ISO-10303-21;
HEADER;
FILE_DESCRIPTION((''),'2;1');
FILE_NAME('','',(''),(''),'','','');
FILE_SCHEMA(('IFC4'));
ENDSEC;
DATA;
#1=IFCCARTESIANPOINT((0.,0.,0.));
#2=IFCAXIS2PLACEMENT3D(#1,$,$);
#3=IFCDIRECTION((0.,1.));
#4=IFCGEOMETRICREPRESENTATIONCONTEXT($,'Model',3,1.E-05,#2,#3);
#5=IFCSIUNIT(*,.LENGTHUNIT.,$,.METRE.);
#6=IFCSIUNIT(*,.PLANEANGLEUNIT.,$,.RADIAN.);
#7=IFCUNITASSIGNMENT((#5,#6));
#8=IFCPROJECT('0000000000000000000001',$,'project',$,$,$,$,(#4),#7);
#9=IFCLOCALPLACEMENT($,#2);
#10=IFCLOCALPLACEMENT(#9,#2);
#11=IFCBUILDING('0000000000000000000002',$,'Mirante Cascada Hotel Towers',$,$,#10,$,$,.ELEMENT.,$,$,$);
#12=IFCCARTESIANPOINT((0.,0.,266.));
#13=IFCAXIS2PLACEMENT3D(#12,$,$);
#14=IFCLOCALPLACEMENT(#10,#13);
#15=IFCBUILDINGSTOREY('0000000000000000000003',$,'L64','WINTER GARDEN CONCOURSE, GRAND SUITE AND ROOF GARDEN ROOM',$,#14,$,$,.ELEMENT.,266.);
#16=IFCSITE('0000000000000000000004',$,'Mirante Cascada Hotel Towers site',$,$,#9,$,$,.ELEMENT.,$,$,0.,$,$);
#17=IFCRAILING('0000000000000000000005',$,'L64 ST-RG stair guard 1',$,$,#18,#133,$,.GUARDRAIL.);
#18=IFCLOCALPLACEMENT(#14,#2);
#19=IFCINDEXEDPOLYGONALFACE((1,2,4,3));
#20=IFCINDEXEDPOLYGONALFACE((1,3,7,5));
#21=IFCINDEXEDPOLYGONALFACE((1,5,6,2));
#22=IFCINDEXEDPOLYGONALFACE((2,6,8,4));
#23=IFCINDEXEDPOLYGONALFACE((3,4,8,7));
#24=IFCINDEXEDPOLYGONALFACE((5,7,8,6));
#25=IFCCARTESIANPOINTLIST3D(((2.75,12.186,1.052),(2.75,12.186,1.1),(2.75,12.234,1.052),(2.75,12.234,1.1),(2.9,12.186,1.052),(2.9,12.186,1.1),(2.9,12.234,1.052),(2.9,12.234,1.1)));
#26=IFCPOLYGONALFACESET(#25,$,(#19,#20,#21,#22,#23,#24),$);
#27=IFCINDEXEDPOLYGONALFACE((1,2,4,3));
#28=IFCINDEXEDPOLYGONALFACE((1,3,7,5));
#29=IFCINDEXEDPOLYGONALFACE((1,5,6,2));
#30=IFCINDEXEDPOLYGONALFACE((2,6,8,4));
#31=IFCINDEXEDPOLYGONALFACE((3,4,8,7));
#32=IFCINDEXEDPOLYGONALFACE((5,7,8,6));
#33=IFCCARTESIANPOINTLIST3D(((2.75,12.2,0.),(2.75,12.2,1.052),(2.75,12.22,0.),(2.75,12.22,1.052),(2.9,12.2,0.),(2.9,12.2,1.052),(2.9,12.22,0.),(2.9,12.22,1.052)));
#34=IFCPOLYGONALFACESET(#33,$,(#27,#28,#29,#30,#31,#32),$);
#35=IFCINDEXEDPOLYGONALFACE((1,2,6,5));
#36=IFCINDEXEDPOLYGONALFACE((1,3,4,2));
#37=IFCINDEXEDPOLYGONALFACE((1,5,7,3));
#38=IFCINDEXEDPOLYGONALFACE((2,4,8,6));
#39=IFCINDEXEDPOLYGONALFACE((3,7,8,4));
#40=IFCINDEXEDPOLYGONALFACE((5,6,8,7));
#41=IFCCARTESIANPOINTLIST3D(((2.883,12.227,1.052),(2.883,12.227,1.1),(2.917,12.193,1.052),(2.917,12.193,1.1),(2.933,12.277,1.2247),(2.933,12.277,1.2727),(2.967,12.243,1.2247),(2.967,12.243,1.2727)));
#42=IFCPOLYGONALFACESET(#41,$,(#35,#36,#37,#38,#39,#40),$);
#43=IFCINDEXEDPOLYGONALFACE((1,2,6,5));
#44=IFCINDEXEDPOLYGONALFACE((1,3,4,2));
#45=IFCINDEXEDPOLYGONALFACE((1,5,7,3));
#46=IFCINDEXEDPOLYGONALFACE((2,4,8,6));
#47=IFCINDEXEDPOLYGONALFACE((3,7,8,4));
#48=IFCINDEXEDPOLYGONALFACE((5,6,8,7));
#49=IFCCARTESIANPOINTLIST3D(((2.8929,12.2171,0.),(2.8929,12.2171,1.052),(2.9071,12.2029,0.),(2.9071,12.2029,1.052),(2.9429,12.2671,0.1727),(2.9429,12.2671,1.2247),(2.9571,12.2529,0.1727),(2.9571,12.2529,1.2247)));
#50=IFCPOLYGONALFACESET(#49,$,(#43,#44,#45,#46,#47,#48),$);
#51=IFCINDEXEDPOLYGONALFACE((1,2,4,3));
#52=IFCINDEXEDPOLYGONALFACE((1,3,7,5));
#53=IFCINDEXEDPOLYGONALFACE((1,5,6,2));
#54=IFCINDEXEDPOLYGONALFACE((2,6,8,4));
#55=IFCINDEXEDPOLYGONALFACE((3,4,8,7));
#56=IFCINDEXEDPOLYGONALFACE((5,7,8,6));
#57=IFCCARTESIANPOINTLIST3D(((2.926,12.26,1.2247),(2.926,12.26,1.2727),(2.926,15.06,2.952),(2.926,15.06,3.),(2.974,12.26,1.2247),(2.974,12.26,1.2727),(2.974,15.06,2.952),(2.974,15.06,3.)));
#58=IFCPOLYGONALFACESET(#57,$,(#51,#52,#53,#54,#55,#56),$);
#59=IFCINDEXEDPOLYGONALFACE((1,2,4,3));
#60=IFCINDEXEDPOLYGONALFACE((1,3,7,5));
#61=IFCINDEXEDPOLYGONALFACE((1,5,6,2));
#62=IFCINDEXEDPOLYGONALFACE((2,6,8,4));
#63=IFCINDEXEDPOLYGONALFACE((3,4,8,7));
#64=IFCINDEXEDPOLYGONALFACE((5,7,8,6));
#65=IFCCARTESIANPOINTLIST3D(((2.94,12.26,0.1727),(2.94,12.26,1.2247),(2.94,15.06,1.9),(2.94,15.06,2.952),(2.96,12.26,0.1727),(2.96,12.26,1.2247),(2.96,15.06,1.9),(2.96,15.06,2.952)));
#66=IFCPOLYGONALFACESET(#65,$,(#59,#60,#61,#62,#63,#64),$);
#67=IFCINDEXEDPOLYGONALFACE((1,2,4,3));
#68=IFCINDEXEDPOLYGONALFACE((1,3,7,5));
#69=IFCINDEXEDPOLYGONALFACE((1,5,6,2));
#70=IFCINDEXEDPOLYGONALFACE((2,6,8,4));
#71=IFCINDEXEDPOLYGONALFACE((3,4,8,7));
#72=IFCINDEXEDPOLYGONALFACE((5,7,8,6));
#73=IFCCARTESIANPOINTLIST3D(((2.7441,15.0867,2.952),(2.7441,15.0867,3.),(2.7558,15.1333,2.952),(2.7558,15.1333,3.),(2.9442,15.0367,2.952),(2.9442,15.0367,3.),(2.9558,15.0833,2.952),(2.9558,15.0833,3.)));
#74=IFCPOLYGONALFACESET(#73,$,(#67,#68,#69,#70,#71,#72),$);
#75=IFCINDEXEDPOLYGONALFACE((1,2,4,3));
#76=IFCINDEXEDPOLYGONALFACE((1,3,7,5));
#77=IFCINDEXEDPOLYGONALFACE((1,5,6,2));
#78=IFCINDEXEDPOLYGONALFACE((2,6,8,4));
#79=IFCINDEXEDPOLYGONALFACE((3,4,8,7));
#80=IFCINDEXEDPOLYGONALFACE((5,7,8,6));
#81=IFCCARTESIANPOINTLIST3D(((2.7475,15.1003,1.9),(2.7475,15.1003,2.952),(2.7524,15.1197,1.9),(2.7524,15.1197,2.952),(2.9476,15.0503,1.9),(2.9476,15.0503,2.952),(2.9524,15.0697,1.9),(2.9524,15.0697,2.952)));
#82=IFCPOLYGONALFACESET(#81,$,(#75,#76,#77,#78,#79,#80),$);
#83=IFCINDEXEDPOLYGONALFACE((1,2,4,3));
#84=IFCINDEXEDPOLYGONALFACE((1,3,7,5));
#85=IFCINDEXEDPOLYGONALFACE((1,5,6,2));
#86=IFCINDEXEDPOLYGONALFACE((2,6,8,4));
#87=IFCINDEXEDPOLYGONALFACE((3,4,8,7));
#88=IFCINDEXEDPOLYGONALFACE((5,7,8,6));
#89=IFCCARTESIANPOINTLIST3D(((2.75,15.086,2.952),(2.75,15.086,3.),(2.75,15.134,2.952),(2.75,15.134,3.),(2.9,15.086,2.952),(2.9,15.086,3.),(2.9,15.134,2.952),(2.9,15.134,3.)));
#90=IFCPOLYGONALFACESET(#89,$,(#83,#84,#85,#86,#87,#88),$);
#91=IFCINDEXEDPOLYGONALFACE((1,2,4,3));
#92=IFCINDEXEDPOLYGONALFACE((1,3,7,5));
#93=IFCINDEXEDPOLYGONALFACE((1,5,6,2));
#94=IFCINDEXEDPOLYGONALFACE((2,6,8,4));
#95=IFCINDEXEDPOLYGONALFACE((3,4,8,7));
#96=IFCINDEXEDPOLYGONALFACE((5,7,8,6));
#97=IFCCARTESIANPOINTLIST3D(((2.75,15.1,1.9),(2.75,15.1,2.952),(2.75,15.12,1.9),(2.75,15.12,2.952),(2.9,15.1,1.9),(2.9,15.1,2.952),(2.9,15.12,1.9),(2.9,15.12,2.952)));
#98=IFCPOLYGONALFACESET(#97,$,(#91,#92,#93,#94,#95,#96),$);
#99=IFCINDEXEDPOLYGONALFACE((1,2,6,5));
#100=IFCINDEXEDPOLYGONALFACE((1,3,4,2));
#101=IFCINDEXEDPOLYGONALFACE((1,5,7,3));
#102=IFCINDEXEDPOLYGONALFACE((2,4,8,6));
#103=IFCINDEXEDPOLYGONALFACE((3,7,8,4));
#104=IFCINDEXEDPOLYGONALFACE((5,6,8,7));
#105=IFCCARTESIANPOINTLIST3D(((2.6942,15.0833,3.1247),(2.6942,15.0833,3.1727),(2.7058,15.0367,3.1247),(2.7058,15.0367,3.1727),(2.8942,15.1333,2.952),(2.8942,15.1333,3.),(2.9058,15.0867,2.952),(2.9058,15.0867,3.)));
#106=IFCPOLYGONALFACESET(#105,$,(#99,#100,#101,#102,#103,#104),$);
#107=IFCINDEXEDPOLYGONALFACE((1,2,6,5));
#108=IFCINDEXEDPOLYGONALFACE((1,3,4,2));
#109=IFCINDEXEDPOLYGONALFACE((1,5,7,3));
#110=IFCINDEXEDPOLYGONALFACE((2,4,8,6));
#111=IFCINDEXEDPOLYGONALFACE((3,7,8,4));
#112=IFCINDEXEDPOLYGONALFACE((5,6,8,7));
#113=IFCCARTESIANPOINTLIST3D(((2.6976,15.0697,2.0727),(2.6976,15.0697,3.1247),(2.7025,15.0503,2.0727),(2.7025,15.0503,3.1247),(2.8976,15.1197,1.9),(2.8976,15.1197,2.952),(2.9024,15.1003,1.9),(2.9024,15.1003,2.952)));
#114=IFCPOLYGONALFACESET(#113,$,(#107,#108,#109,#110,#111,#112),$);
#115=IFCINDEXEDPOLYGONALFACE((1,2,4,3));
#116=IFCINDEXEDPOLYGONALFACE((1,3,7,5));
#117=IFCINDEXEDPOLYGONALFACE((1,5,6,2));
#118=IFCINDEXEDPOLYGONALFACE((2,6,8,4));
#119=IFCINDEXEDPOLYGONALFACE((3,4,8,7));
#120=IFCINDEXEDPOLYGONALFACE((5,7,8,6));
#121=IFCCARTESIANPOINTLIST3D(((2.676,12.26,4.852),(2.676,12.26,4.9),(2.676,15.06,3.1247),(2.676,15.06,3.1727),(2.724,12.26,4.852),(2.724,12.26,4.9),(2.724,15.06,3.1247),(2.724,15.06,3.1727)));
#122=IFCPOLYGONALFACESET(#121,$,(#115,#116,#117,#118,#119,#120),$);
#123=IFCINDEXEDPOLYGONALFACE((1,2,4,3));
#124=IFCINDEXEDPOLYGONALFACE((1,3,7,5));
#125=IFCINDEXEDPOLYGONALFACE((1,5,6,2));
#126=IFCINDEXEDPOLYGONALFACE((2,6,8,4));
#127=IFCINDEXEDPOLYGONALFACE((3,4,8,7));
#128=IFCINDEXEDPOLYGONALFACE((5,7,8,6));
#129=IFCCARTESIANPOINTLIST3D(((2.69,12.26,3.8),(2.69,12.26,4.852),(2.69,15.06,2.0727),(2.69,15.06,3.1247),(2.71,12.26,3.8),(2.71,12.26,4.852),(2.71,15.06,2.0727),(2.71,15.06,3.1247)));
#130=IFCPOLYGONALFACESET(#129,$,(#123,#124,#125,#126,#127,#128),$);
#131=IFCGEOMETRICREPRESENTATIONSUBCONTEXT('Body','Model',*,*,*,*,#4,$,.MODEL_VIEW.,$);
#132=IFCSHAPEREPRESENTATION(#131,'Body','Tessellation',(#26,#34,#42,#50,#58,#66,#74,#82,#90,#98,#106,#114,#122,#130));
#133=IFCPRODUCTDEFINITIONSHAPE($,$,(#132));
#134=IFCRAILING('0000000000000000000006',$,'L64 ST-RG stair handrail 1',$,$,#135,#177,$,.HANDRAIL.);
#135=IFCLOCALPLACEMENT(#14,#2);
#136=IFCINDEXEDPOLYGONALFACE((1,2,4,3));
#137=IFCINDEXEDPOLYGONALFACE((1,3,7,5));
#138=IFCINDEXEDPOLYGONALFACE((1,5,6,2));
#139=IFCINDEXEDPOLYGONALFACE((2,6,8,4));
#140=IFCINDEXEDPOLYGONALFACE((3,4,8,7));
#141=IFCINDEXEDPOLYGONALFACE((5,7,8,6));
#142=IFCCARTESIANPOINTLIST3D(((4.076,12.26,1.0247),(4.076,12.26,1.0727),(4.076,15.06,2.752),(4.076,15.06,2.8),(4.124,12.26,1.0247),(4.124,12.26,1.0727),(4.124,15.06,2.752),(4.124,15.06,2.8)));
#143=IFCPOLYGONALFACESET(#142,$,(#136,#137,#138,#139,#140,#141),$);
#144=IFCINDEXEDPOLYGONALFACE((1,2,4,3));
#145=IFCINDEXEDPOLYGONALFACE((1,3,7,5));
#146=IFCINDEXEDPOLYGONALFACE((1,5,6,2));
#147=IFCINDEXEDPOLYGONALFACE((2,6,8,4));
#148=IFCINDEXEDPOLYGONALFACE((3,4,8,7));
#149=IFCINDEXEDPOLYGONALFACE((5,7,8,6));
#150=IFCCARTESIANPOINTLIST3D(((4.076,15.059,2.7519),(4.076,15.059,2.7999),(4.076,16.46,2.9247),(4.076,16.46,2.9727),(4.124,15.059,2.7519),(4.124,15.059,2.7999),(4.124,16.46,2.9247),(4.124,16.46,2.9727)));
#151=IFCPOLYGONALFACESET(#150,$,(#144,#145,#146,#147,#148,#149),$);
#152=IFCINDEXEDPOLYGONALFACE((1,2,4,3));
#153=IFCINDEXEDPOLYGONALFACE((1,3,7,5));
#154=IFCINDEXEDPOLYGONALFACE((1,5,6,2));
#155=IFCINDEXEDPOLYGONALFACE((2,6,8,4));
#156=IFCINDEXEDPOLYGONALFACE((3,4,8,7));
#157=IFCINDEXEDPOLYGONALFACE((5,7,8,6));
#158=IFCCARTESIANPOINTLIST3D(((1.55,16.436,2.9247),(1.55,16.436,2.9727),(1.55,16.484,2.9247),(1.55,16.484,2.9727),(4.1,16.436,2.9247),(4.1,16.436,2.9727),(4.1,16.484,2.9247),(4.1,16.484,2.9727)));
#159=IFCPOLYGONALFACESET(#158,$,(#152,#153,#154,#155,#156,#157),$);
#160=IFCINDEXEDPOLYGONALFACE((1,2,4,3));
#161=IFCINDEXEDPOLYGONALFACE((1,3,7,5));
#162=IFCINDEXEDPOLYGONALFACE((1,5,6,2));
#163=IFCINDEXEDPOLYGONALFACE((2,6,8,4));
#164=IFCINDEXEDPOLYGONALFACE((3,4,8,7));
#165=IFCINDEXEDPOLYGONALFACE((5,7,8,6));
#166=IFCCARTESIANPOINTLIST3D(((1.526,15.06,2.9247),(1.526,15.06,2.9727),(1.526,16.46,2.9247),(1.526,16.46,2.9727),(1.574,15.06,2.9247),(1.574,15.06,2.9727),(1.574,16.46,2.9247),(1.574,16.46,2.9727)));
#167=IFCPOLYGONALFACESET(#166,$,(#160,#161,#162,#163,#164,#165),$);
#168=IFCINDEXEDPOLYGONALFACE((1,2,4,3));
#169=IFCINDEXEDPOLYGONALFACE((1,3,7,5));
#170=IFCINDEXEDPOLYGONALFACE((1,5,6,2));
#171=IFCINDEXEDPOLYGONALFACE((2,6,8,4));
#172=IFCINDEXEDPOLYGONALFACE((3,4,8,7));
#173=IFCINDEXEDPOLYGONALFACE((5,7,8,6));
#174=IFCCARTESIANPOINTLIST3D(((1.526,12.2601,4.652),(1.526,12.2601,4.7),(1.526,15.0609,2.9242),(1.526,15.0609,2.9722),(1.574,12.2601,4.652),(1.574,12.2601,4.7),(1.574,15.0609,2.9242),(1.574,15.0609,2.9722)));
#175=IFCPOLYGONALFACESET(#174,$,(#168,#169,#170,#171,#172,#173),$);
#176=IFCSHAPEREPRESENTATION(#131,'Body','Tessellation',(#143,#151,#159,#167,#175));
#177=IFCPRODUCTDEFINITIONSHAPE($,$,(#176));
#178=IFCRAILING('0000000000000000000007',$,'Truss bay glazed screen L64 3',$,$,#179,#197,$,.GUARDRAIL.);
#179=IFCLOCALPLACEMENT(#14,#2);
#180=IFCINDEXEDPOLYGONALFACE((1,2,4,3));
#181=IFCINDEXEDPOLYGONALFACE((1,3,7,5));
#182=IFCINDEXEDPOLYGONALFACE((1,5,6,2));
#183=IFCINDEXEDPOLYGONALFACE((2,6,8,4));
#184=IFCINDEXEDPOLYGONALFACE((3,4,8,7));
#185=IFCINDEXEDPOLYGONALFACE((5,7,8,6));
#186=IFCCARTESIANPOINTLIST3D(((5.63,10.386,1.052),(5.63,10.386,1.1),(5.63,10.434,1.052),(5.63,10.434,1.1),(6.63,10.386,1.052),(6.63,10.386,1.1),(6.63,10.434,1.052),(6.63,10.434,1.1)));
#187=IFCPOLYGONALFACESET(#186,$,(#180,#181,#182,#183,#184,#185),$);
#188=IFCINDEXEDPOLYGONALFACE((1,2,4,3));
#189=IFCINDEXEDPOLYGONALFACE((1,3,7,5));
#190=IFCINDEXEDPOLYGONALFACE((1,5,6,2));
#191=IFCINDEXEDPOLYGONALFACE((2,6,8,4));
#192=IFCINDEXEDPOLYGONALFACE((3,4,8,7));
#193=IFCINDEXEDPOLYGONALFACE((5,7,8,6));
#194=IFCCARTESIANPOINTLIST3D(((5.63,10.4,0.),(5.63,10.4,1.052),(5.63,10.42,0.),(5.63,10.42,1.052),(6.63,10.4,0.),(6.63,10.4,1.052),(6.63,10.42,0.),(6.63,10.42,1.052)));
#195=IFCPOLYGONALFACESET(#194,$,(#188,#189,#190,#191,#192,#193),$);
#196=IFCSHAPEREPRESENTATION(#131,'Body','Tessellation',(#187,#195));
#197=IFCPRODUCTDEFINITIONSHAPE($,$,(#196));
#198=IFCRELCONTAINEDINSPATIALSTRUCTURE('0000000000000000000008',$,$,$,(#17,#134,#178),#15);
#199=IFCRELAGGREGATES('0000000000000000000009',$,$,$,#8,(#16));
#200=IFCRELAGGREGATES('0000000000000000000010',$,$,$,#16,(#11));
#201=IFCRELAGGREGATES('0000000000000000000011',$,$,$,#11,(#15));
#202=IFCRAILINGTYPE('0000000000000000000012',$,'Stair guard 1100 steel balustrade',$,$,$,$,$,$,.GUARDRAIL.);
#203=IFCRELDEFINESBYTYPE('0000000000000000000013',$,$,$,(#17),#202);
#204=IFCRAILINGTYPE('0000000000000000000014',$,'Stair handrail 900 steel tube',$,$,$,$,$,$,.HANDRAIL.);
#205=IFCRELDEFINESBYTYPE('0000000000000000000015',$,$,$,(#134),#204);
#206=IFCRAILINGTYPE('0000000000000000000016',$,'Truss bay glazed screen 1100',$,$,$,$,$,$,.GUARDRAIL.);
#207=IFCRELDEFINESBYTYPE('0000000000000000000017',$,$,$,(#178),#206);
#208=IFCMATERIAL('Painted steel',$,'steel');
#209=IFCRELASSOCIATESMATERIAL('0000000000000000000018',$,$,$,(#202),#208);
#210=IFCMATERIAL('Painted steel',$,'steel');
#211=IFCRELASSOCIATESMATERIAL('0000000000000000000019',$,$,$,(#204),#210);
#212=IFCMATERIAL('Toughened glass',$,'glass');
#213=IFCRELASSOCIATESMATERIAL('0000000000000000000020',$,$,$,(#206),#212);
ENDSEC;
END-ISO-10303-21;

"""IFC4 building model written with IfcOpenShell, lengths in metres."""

from ifc_helpers import new_model, si_unit, direction, frame, origin, origin_2d, place, context, subcontext, project, spatial, rectangle, extrude, material, type_object, element, save


model = new_model("IFC4")

# Units and contexts
model_context = context("Model", 3, precision=1e-05, world=origin(), true_north=direction((0.0, 1.0)))
body_context = subcontext(model_context, "Body", "Model", "MODEL_VIEW")
ifc_project = project(units=[si_unit("LENGTHUNIT", "METRE"), si_unit("PLANEANGLEUNIT", "RADIAN")], contexts=[model_context])

# Site, building, storey
site_placement = place(None, origin())
site = spatial("IfcSite", under=ifc_project, at=site_placement, Name="Mirante Cascada Hotel Towers site", CompositionType="ELEMENT", RefElevation=0.0)
building_placement = place(site_placement, origin())
building = spatial("IfcBuilding", under=site, at=building_placement, Name="Mirante Cascada Hotel Towers", CompositionType="ELEMENT")
storey_placement = place(building_placement, frame((0.0, 0.0, 266.0)))
storey = spatial("IfcBuildingStorey", under=building, at=storey_placement, Name="L64", Description="WINTER GARDEN CONCOURSE, GRAND SUITE AND ROOF GARDEN ROOM", CompositionType="ELEMENT", Elevation=266.0)

# Railings
ifc_material_1 = material(Name="Painted steel", Category="steel")
railing_type_1 = type_object("IfcRailingType", Name="Stair guard 1100 steel balustrade", PredefinedType="GUARDRAIL", material=ifc_material_1)
railing_1_placement = place(storey_placement, frame((2.75, 12.21, 0.0)))
element("IfcRailing", 1, at=railing_1_placement, inside=storey, type_object=railing_type_1, Name="L64 ST-RG stair guard 1", PredefinedType="GUARDRAIL", context=body_context, shape_type="SweptSolid", body=[
    extrude(rectangle(XDim=0.048, YDim=0.048, at=origin_2d()), frame((0.0, 0.0, 1.076), z_axis=(1.0, 0.0, 0.0), x_axis=(0.0, 1.0, 0.0)), (0.0, 0.0, 1.0), 0.15),
    extrude(rectangle(XDim=0.02, YDim=1.052, at=origin_2d()), frame((0.0, 0.0, 0.526), z_axis=(1.0, 0.0, 0.0), x_axis=(0.0, 1.0, 0.0)), (0.0, 0.0, 1.0), 0.15),
    extrude(rectangle(XDim=0.048, YDim=0.048, at=origin_2d()), frame((0.15, 0.0, 1.076), z_axis=(0.707107, 0.707107, 0.0), x_axis=(-0.707107, 0.707107, 0.0)), (0.0, 0.925433, 0.378911), 0.1866),
    extrude(rectangle(XDim=0.02, YDim=1.052, at=origin_2d()), frame((0.15, 0.0, 0.526), z_axis=(0.707107, 0.707107, 0.0), x_axis=(-0.707107, 0.707107, 0.0)), (0.0, 0.925433, 0.378911), 0.1866),
    extrude(rectangle(XDim=0.048, YDim=0.048, at=origin_2d()), frame((0.2, 0.05, 1.2487), z_axis=(0.0, 1.0, 0.0), x_axis=(-1.0, 0.0, 0.0)), (0.0, 0.525028, 0.851085), 3.2899),
    extrude(rectangle(XDim=0.02, YDim=1.052, at=origin_2d()), frame((0.2, 0.05, 0.6987), z_axis=(0.0, 1.0, 0.0), x_axis=(-1.0, 0.0, 0.0)), (0.0, 0.525028, 0.851085), 3.2899),
    extrude(rectangle(XDim=0.048, YDim=0.048, at=origin_2d()), frame((0.2, 2.85, 2.976), z_axis=(-0.970143, 0.242536, 0.0), x_axis=(-0.242536, -0.970143, 0.0)), (0.0, 0.0, 1.0), 0.2062),
    extrude(rectangle(XDim=0.02, YDim=1.052, at=origin_2d()), frame((0.2, 2.85, 2.426), z_axis=(-0.970143, 0.242536, 0.0), x_axis=(-0.242536, -0.970143, 0.0)), (0.0, 0.0, 1.0), 0.2062),
    extrude(rectangle(XDim=0.048, YDim=0.048, at=origin_2d()), frame((0.0, 2.9, 2.976), z_axis=(1.0, 0.0, 0.0), x_axis=(0.0, 1.0, 0.0)), (0.0, 0.0, 1.0), 0.15),
    extrude(rectangle(XDim=0.02, YDim=1.052, at=origin_2d()), frame((0.0, 2.9, 2.426), z_axis=(1.0, 0.0, 0.0), x_axis=(0.0, 1.0, 0.0)), (0.0, 0.0, 1.0), 0.15),
    extrude(rectangle(XDim=0.048, YDim=0.048, at=origin_2d()), frame((0.15, 2.9, 2.976), z_axis=(-0.970143, -0.242536, 0.0), x_axis=(0.242536, -0.970143, 0.0)), (0.0, 0.642166, 0.766566), 0.2689),
    extrude(rectangle(XDim=0.02, YDim=1.052, at=origin_2d()), frame((0.15, 2.9, 2.426), z_axis=(-0.970143, -0.242536, 0.0), x_axis=(0.242536, -0.970143, 0.0)), (0.0, 0.642166, 0.766566), 0.2689),
    extrude(rectangle(XDim=0.048, YDim=0.048, at=origin_2d()), frame((-0.05, 2.85, 3.1487), z_axis=(0.0, -1.0, 0.0), x_axis=(1.0, 0.0, 0.0)), (0.0, 0.525028, 0.851085), 3.2899),
    extrude(rectangle(XDim=0.02, YDim=1.052, at=origin_2d()), frame((-0.05, 2.85, 2.5987), z_axis=(0.0, -1.0, 0.0), x_axis=(1.0, 0.0, 0.0)), (0.0, 0.525028, 0.851085), 3.2899),
])
ifc_material_2 = material(Name="Painted steel", Category="steel")
railing_type_2 = type_object("IfcRailingType", Name="Stair handrail 900 steel tube", PredefinedType="HANDRAIL", material=ifc_material_2)
railing_2_placement = place(storey_placement, frame((4.1, 12.26, 0.1727)))
element("IfcRailing", 2, at=railing_2_placement, inside=storey, type_object=railing_type_2, Name="L64 ST-RG stair handrail 1", PredefinedType="HANDRAIL", context=body_context, shape_type="SweptSolid", body=[
    extrude(rectangle(XDim=0.048, YDim=0.048, at=origin_2d()), frame((0.0, 0.0, 0.876), z_axis=(0.0, 1.0, 0.0), x_axis=(-1.0, 0.0, 0.0)), (0.0, 0.525028, 0.851085), 3.2899),
    extrude(rectangle(XDim=0.048, YDim=0.048, at=origin_2d()), frame((0.0, 2.799, 2.6032), z_axis=(0.0, 1.0, 0.0), x_axis=(-1.0, 0.0, 0.0)), (0.0, 0.122429, 0.992477), 1.4116),
    extrude(rectangle(XDim=0.048, YDim=0.048, at=origin_2d()), frame((0.0, 4.2, 2.776), z_axis=(-1.0, 0.0, 0.0), x_axis=(0.0, -1.0, 0.0)), (0.0, 0.0, 1.0), 2.55),
    extrude(rectangle(XDim=0.048, YDim=0.048, at=origin_2d()), frame((-2.55, 4.2, 2.776), z_axis=(0.0, -1.0, 0.0), x_axis=(1.0, 0.0, 0.0)), (0.0, 0.0, 1.0), 1.4),
    extrude(rectangle(XDim=0.048, YDim=0.048, at=origin_2d()), frame((-2.55, 2.8009, 2.7755), z_axis=(0.0, -1.0, 0.0), x_axis=(1.0, 0.0, 0.0)), (0.0, 0.525028, 0.851085), 3.2909),
])
ifc_material_3 = material(Name="Toughened glass", Category="glass")
railing_type_3 = type_object("IfcRailingType", Name="Truss bay glazed screen 1100", PredefinedType="GUARDRAIL", material=ifc_material_3)
railing_3_placement = place(storey_placement, frame((5.63, 10.41, 0.0)))
element("IfcRailing", 3, at=railing_3_placement, inside=storey, type_object=railing_type_3, Name="Truss bay glazed screen L64 3", PredefinedType="GUARDRAIL", context=body_context, shape_type="SweptSolid", body=[
    extrude(rectangle(XDim=0.048, YDim=0.048, at=origin_2d()), frame((0.0, 0.0, 1.076), z_axis=(1.0, 0.0, 0.0), x_axis=(0.0, 1.0, 0.0)), (0.0, 0.0, 1.0), 1.0),
    extrude(rectangle(XDim=0.02, YDim=1.052, at=origin_2d()), frame((0.0, 0.0, 0.526), z_axis=(1.0, 0.0, 0.0), x_axis=(0.0, 1.0, 0.0)), (0.0, 0.0, 1.0), 1.0),
])

save(model, "model.ifc")
